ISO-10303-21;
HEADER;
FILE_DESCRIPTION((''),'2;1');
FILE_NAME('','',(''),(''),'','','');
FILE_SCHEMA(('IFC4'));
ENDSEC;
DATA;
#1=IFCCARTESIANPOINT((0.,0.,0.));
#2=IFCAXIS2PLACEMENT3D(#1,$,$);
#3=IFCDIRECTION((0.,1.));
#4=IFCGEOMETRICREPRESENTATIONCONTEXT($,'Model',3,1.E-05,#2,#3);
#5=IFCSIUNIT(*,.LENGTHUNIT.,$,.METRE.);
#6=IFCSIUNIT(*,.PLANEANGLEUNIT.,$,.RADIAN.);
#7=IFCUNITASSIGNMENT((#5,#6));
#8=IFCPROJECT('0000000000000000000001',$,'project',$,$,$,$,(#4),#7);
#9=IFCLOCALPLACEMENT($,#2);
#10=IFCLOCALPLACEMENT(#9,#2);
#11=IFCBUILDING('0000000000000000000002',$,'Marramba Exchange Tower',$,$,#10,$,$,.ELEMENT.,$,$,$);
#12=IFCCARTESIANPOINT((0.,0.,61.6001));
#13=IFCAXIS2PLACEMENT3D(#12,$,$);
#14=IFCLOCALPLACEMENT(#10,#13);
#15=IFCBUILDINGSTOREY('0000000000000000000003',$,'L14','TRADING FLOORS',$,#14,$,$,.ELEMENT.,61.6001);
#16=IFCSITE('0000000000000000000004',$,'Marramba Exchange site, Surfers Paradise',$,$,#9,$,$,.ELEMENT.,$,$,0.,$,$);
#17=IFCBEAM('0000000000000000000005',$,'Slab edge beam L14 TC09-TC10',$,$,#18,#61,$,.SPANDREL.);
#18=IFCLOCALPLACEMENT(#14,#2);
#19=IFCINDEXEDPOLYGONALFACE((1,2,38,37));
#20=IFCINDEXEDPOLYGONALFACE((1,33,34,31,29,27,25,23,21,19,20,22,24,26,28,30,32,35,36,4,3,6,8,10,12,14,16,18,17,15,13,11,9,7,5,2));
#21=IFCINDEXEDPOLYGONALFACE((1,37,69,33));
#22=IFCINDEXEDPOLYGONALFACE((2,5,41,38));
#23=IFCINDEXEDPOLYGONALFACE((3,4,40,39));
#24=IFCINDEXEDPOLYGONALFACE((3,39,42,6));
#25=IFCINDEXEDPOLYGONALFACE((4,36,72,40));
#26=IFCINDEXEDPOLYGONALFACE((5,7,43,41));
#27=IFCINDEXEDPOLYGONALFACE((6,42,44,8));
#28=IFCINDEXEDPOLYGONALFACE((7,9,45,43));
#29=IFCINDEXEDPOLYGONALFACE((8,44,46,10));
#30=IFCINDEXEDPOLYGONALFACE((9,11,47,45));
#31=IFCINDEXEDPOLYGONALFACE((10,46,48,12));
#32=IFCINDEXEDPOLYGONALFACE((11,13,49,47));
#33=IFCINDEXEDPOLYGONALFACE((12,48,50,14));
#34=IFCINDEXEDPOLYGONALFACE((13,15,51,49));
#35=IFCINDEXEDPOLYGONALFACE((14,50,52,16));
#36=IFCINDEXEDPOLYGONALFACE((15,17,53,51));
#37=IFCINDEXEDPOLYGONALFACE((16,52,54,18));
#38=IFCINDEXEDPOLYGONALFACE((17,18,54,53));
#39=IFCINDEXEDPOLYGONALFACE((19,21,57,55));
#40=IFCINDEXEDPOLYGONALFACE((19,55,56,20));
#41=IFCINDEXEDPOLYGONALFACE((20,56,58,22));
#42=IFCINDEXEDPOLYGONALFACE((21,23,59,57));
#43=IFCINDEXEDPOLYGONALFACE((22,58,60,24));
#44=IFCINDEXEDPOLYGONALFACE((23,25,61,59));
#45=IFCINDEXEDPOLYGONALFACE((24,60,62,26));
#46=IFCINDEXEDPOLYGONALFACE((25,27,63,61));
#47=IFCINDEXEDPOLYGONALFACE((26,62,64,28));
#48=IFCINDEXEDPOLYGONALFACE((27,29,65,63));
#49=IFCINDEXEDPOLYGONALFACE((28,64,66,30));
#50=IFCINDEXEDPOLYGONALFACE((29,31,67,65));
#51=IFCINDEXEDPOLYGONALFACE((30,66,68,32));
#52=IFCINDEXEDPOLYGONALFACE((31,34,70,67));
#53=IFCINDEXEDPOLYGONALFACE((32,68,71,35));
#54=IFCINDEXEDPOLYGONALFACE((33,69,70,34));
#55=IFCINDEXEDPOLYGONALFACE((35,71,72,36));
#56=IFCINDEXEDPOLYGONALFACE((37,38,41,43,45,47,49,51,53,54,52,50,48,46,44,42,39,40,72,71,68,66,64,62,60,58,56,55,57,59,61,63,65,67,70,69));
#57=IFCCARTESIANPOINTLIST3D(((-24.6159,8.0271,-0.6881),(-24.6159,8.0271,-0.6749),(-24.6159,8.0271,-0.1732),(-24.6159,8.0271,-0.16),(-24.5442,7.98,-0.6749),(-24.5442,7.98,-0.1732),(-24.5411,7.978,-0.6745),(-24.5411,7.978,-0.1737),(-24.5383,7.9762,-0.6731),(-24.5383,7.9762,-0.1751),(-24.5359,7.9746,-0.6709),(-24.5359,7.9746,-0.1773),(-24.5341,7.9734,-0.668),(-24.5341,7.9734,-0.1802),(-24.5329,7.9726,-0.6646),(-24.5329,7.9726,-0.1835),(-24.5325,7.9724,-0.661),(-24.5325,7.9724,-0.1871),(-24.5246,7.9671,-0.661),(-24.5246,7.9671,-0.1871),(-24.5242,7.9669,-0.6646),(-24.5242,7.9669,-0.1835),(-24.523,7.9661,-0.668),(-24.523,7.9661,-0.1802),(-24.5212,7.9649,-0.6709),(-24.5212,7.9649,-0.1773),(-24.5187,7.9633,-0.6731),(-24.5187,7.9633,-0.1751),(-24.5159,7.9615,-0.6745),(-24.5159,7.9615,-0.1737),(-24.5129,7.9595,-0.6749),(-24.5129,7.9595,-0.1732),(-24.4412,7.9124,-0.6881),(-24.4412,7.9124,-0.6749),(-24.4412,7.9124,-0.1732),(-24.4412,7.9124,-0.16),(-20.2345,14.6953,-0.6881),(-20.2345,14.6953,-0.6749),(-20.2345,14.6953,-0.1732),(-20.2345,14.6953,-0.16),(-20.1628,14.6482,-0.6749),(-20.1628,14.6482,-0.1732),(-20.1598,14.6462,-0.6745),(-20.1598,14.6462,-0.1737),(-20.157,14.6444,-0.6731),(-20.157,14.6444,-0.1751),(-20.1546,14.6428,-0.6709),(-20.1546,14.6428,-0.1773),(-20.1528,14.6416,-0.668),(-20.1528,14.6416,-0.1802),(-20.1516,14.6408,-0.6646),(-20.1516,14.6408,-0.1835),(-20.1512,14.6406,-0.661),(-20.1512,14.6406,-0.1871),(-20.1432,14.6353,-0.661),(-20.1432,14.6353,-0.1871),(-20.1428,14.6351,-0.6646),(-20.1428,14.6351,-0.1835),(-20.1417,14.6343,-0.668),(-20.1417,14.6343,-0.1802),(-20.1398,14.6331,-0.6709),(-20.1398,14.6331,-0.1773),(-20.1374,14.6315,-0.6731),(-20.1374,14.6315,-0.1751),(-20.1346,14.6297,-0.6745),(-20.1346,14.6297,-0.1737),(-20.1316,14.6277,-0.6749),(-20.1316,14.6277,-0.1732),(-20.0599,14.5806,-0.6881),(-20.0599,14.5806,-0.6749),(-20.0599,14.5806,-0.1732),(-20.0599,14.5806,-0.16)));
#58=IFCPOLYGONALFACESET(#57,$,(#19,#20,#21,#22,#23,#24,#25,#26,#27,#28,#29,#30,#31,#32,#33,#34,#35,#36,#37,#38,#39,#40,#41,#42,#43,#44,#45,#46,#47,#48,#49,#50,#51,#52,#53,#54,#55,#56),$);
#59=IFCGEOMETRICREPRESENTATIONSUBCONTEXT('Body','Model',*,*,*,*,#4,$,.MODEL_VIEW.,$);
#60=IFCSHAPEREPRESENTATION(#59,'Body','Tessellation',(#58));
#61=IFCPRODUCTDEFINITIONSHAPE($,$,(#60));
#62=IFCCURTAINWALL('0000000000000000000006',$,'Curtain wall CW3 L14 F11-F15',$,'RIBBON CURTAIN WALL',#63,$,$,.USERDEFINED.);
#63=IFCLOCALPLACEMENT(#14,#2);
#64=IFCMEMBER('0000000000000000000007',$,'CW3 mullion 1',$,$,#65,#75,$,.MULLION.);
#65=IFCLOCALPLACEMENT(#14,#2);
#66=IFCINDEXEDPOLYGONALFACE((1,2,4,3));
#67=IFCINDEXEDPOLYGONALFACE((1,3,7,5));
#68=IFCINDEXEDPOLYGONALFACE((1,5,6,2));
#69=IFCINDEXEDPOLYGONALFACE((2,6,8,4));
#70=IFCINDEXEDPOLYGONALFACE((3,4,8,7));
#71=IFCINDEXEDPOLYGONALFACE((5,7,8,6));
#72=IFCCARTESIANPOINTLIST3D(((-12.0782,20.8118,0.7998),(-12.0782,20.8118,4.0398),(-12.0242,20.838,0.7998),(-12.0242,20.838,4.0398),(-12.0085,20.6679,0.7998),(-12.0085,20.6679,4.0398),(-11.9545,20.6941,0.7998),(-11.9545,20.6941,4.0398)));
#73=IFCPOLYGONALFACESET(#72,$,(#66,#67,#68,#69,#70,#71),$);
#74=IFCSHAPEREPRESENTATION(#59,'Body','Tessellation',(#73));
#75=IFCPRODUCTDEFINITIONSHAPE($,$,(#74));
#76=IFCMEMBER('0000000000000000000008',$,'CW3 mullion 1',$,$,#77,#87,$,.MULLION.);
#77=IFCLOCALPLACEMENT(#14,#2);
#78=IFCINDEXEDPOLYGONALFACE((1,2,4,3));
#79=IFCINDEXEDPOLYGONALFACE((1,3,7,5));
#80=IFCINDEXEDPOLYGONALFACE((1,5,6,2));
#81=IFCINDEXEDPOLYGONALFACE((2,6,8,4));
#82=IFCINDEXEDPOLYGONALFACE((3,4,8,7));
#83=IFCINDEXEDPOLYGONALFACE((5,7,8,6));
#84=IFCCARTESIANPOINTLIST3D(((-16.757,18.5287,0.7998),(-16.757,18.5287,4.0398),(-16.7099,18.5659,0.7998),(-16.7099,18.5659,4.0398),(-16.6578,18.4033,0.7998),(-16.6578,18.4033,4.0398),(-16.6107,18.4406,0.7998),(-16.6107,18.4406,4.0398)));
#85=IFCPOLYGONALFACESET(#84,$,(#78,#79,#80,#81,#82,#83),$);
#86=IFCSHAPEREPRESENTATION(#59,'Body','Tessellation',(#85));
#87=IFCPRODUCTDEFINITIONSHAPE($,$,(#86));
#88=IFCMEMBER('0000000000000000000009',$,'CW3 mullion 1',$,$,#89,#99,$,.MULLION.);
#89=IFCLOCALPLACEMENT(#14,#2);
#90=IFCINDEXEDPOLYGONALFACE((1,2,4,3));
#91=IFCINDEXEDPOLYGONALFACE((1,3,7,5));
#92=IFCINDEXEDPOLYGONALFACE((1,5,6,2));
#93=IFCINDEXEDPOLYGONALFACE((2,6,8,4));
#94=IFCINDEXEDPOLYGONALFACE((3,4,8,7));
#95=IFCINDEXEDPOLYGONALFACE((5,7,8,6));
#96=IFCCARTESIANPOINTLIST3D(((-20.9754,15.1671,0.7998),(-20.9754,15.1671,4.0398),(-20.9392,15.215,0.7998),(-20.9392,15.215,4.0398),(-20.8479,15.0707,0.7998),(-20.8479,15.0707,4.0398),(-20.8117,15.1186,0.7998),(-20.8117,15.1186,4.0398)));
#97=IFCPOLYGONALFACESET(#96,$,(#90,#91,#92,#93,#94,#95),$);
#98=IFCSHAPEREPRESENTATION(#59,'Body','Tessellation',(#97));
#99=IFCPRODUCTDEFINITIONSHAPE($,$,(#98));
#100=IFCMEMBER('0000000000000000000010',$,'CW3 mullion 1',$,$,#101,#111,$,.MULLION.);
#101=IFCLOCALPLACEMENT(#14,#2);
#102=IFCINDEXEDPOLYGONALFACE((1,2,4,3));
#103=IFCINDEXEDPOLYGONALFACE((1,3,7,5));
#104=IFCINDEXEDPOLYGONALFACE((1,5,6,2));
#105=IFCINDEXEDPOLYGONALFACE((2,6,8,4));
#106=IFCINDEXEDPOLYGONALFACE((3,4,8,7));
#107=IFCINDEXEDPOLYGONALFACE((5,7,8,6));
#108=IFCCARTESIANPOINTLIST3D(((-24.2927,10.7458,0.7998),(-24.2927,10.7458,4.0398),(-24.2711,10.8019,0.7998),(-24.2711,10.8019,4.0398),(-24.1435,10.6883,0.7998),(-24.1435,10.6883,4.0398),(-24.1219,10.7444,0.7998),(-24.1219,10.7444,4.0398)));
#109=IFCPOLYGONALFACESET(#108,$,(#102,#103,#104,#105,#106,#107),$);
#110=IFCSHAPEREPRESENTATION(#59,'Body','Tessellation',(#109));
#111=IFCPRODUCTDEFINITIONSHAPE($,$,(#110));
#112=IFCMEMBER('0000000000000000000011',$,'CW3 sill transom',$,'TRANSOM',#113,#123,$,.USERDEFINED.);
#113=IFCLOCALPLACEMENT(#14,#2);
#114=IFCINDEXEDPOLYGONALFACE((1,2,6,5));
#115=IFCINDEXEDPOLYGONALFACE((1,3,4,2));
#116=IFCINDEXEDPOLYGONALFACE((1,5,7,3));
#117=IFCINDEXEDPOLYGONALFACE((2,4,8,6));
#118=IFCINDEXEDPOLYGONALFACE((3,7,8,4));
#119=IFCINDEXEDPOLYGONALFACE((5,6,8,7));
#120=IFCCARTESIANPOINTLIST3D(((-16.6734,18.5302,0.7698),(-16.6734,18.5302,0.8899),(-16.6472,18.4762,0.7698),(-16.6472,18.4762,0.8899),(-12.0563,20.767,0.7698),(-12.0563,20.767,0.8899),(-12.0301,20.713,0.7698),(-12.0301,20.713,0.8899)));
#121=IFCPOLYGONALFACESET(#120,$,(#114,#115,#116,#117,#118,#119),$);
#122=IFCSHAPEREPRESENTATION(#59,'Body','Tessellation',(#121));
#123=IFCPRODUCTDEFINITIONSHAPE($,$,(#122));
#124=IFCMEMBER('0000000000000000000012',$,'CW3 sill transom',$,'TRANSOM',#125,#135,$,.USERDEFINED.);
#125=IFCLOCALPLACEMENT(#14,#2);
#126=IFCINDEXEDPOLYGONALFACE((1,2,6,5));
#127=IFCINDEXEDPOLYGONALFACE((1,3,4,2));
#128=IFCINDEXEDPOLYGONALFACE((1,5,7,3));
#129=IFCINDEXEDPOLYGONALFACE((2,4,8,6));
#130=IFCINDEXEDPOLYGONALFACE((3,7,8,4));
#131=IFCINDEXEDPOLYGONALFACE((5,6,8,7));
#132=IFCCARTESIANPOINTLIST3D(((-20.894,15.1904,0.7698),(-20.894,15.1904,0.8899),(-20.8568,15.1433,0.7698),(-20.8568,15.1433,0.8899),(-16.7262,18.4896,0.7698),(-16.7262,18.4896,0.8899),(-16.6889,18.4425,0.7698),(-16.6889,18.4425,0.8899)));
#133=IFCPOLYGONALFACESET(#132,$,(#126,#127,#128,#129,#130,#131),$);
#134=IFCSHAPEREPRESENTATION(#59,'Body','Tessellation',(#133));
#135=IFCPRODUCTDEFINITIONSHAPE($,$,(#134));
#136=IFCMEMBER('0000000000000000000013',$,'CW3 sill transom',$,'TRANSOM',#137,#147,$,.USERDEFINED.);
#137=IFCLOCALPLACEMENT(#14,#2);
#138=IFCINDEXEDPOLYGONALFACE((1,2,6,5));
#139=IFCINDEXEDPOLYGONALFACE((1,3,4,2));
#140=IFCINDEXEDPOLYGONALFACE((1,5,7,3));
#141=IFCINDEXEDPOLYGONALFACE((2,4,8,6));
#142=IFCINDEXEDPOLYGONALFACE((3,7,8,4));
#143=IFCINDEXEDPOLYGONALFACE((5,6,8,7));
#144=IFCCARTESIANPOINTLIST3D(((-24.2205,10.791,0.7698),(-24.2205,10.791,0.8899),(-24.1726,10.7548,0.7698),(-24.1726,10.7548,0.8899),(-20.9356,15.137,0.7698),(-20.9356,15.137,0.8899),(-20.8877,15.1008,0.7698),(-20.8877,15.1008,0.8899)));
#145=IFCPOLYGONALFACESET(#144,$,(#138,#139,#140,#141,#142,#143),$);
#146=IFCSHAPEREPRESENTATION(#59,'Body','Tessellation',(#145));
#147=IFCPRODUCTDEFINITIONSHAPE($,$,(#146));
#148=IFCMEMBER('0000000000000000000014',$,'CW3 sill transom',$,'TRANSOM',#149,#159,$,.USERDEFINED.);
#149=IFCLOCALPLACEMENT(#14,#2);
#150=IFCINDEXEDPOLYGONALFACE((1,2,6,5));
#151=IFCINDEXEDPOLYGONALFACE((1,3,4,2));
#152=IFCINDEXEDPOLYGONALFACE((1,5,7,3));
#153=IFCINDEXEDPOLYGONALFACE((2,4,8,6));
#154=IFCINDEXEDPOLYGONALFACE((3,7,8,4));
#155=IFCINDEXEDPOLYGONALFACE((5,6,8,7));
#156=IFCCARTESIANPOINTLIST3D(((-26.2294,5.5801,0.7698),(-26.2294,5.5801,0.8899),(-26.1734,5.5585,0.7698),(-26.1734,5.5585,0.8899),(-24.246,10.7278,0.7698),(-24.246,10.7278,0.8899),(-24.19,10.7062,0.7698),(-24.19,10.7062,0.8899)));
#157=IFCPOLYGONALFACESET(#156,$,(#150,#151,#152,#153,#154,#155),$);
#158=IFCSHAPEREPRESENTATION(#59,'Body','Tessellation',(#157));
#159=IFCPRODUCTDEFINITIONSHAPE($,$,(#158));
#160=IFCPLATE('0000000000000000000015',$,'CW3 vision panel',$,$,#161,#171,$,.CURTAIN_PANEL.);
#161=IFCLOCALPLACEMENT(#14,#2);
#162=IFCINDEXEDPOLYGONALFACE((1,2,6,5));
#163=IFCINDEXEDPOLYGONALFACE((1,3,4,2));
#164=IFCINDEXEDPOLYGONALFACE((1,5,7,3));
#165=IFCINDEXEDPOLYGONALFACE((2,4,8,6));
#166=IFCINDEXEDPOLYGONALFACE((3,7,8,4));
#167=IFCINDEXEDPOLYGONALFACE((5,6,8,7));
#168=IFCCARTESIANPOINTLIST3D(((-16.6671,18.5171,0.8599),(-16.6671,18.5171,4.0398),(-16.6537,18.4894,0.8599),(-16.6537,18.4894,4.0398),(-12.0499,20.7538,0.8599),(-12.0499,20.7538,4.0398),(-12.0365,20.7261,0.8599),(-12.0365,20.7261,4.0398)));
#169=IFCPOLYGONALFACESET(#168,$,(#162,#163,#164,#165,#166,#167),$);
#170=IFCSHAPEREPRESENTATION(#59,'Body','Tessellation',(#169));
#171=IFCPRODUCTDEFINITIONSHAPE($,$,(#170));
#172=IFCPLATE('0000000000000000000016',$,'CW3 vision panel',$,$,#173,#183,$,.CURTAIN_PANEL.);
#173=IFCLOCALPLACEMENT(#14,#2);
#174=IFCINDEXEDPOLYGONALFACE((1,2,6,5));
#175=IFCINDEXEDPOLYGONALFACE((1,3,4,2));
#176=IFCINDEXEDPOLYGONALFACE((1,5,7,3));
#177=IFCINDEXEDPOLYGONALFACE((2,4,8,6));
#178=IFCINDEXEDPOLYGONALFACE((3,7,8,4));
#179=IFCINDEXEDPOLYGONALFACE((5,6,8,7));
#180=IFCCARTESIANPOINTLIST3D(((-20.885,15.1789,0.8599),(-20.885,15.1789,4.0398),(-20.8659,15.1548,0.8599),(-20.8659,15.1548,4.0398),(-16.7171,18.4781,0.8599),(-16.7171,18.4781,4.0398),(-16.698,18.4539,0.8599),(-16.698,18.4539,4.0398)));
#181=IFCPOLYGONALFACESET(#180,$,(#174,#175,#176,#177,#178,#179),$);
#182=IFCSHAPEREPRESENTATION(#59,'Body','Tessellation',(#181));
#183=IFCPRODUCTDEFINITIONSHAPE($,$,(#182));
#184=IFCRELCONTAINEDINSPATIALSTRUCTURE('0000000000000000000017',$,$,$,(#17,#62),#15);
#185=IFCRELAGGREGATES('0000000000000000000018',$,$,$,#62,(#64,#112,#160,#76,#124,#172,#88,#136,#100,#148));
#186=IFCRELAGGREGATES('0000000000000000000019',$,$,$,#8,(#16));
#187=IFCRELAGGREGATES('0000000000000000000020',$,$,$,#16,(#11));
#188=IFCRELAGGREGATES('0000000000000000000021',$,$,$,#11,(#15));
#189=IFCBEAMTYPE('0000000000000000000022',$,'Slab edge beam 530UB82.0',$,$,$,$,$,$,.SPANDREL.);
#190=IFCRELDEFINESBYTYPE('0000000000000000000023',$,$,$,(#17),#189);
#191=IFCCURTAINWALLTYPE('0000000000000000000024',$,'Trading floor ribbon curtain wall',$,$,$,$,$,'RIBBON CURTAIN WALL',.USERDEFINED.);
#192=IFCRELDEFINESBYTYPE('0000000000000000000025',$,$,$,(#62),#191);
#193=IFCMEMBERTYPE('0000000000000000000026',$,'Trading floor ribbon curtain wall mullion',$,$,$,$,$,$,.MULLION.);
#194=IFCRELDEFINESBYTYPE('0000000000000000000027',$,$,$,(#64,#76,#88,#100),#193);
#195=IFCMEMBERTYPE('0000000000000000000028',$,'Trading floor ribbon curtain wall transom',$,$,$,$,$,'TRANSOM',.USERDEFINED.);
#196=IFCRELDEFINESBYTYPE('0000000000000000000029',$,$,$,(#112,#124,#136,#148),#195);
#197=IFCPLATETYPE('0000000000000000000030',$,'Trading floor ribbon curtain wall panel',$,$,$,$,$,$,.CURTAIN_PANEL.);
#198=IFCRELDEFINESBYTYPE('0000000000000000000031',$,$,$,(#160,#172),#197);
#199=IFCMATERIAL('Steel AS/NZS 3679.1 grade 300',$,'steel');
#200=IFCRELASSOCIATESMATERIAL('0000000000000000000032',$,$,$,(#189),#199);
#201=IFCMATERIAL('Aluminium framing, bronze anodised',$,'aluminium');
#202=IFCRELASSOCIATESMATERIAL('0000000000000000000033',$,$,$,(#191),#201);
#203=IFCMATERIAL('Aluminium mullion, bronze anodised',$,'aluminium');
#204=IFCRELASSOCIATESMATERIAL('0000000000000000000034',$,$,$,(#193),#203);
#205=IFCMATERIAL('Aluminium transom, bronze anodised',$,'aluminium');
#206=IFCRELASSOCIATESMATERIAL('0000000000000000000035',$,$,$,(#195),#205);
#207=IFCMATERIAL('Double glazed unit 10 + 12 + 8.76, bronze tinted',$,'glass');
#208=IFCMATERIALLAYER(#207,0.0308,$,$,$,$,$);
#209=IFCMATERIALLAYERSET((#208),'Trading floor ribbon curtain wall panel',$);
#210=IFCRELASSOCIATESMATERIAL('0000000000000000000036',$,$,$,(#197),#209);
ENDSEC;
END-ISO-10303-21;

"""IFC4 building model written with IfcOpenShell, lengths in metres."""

from ifc_helpers import new_model, si_unit, direction, frame, origin, origin_2d, place, context, subcontext, project, spatial, rectangle, i_section, extrude, material, layer, layer_set, material_profile, profile_set, type_object, element, aggregate, save


model = new_model("IFC4")

# Units and contexts
model_context = context("Model", 3, precision=1e-05, world=origin(), true_north=direction((0.0, 1.0)))
body_context = subcontext(model_context, "Body", "Model", "MODEL_VIEW")
ifc_project = project(units=[si_unit("LENGTHUNIT", "METRE"), si_unit("PLANEANGLEUNIT", "RADIAN")], contexts=[model_context])

# Site, building, storey
site_placement = place(None, origin())
site = spatial("IfcSite", under=ifc_project, at=site_placement, Name="Marramba Exchange site, Surfers Paradise", CompositionType="ELEMENT", RefElevation=0.0)
building_placement = place(site_placement, origin())
building = spatial("IfcBuilding", under=site, at=building_placement, Name="Marramba Exchange Tower", CompositionType="ELEMENT")
storey_placement = place(building_placement, frame((0.0, 0.0, 61.6001)))
storey = spatial("IfcBuildingStorey", under=building, at=storey_placement, Name="L14", Description="TRADING FLOORS", CompositionType="ELEMENT", Elevation=61.6001)

# Beam
ifc_material_1 = material(Name="Steel AS/NZS 3679.1 grade 300", Category="steel")
ifc_material_profile_1 = material_profile(ifc_material_1, i_section(OverallWidth=0.209, OverallDepth=0.5281, WebThickness=0.0095, FlangeThickness=0.0132, FilletRadius=0.0139, at=origin_2d()), Name="530UB82.0")
ifc_profile_set_1 = profile_set([ifc_material_profile_1], Name="Steel AS/NZS 3679.1 grade 300")
beam_type_1 = type_object("IfcBeamType", Name="Slab edge beam 530UB82.0", PredefinedType="SPANDREL", material=ifc_profile_set_1)
beam_1_placement = place(storey_placement, frame((-20.1472, 14.6379, -0.4241), z_axis=(-0.549124, -0.835741, 0.0), x_axis=(0.835741, -0.549124, 0.0)))
element("IfcBeam", 1, at=beam_1_placement, inside=storey, type_object=beam_type_1, Name="Slab edge beam L14 TC09-TC10", PredefinedType="SPANDREL", context=body_context, shape_type="SweptSolid", body=[
    extrude(i_section(OverallWidth=0.209, OverallDepth=0.5281, WebThickness=0.0095, FlangeThickness=0.0132, FilletRadius=0.0139, at=origin_2d()), origin(), (0.0, 0.0, 1.0), 7.9788),
])

# Curtain wall, members, plates
ifc_material_2 = material(Name="Aluminium framing, bronze anodised", Category="aluminium")
curtain_wall_type = type_object("IfcCurtainWallType", Name="Trading floor ribbon curtain wall", ElementType="RIBBON CURTAIN WALL", PredefinedType="USERDEFINED", material=ifc_material_2)
curtain_wall_placement = place(storey_placement, origin())
curtain_wall = element("IfcCurtainWall", 2, at=curtain_wall_placement, inside=storey, type_object=curtain_wall_type, Name="Curtain wall CW3 L14 F11-F15", ObjectType="RIBBON CURTAIN WALL", PredefinedType="USERDEFINED")
ifc_material_3 = material(Name="Aluminium mullion, bronze anodised", Category="aluminium")
ifc_material_profile_2 = material_profile(ifc_material_3, rectangle(XDim=0.1599, YDim=0.0601, at=origin_2d()), Name="CW3 mullion 60x160")
ifc_profile_set_2 = profile_set([ifc_material_profile_2], Name="Aluminium mullion, bronze anodised")
member_type_1 = type_object("IfcMemberType", Name="Trading floor ribbon curtain wall mullion", PredefinedType="MULLION", material=ifc_profile_set_2)
member_1_placement = place(storey_placement, frame((-12.0164, 20.7529, 0.7998), z_axis=(0.0, 0.0, 1.0), x_axis=(0.435965, -0.899963, 0.0)))
member_1 = element("IfcMember", 3, at=member_1_placement, type_object=member_type_1, Name="CW3 mullion 1", PredefinedType="MULLION", context=body_context, shape_type="SweptSolid", body=[
    extrude(rectangle(XDim=0.1599, YDim=0.0601, at=origin_2d()), origin(), (0.0, 0.0, 1.0), 3.24),
])
member_2_placement = place(storey_placement, frame((-16.6838, 18.4846, 0.7998), z_axis=(0.0, 0.0, 1.0), x_axis=(0.62065, -0.784088, 0.0)))
member_2 = element("IfcMember", 4, at=member_2_placement, type_object=member_type_1, Name="CW3 mullion 1", PredefinedType="MULLION", context=body_context, shape_type="SweptSolid", body=[
    extrude(rectangle(XDim=0.1599, YDim=0.0601, at=origin_2d()), origin(), (0.0, 0.0, 1.0), 3.24),
])
member_3_placement = place(storey_placement, frame((-20.8936, 15.1428, 0.7998), z_axis=(0.0, 0.0, 1.0), x_axis=(0.797749, -0.60299, 0.0)))
member_3 = element("IfcMember", 5, at=member_3_placement, type_object=member_type_1, Name="CW3 mullion 1", PredefinedType="MULLION", context=body_context, shape_type="SweptSolid", body=[
    extrude(rectangle(XDim=0.1599, YDim=0.0601, at=origin_2d()), origin(), (0.0, 0.0, 1.0), 3.24),
])
member_4_placement = place(storey_placement, frame((-24.2073, 10.7451, 0.7998), z_axis=(0.0, 0.0, 1.0), x_axis=(0.933135, -0.359526, 0.0)))
member_4 = element("IfcMember", 6, at=member_4_placement, type_object=member_type_1, Name="CW3 mullion 1", PredefinedType="MULLION", context=body_context, shape_type="SweptSolid", body=[
    extrude(rectangle(XDim=0.1599, YDim=0.0601, at=origin_2d()), origin(), (0.0, 0.0, 1.0), 3.24),
])
ifc_material_4 = material(Name="Aluminium transom, bronze anodised", Category="aluminium")
ifc_material_profile_3 = material_profile(ifc_material_4, rectangle(XDim=0.0601, YDim=0.1201, at=origin_2d()), Name="CW3 transom 60x120")
ifc_profile_set_3 = profile_set([ifc_material_profile_3], Name="Aluminium transom, bronze anodised")
member_type_2 = type_object("IfcMemberType", Name="Trading floor ribbon curtain wall transom", ElementType="TRANSOM", PredefinedType="USERDEFINED", material=ifc_profile_set_3)
member_5_placement = place(storey_placement, frame((-12.0432, 20.74, 0.8298), z_axis=(-0.899953, -0.435986, 0.0), x_axis=(0.435986, -0.899953, 0.0)))
member_5 = element("IfcMember", 7, at=member_5_placement, type_object=member_type_2, Name="CW3 sill transom", ObjectType="TRANSOM", PredefinedType="USERDEFINED", context=body_context, shape_type="SweptSolid", body=[
    extrude(rectangle(XDim=0.0601, YDim=0.1201, at=origin_2d()), origin(), (0.0, 0.0, 1.0), 5.1304),
])
member_6_placement = place(storey_placement, frame((-16.7075, 18.4661, 0.8298), z_axis=(-0.784076, -0.620665, 0.0), x_axis=(0.620665, -0.784076, 0.0)))
member_6 = element("IfcMember", 8, at=member_6_placement, type_object=member_type_2, Name="CW3 sill transom", ObjectType="TRANSOM", PredefinedType="USERDEFINED", context=body_context, shape_type="SweptSolid", body=[
    extrude(rectangle(XDim=0.0601, YDim=0.1201, at=origin_2d()), origin(), (0.0, 0.0, 1.0), 5.3157),
])
member_7_placement = place(storey_placement, frame((-20.9116, 15.1189, 0.8298), z_axis=(-0.602986, -0.797752, 0.0), x_axis=(0.797752, -0.602986, 0.0)))
member_7 = element("IfcMember", 9, at=member_7_placement, type_object=member_type_2, Name="CW3 sill transom", ObjectType="TRANSOM", PredefinedType="USERDEFINED", context=body_context, shape_type="SweptSolid", body=[
    extrude(rectangle(XDim=0.0601, YDim=0.1201, at=origin_2d()), origin(), (0.0, 0.0, 1.0), 5.4478),
])
member_8_placement = place(storey_placement, frame((-24.218, 10.717, 0.8298), z_axis=(-0.359534, -0.933132, 0.0), x_axis=(0.933132, -0.359534, 0.0)))
member_8 = element("IfcMember", 10, at=member_8_placement, type_object=member_type_2, Name="CW3 sill transom", ObjectType="TRANSOM", PredefinedType="USERDEFINED", context=body_context, shape_type="SweptSolid", body=[
    extrude(rectangle(XDim=0.0601, YDim=0.1201, at=origin_2d()), origin(), (0.0, 0.0, 1.0), 5.5166),
])
ifc_material_5 = material(Name="Double glazed unit 10 + 12 + 8.76, bronze tinted", Category="glass")
ifc_layer_1 = layer(ifc_material_5, 0.0308)
ifc_layer_set_1 = layer_set([ifc_layer_1], Name="Trading floor ribbon curtain wall panel")
plate_type = type_object("IfcPlateType", Name="Trading floor ribbon curtain wall panel", PredefinedType="CURTAIN_PANEL", material=ifc_layer_set_1)
plate_1_placement = place(storey_placement, frame((-14.3518, 19.6216, 0.8599), z_axis=(0.0, 0.0, 1.0), x_axis=(-0.899963, -0.435965, 0.0)))
plate_1 = element("IfcPlate", 11, at=plate_1_placement, type_object=plate_type, Name="CW3 vision panel", PredefinedType="CURTAIN_PANEL", context=body_context, shape_type="SweptSolid", body=[
    extrude(rectangle(XDim=5.1304, YDim=0.0308, at=origin_2d()), origin(), (0.0, 0.0, 1.0), 3.1799),
])
plate_2_placement = place(storey_placement, frame((-18.7915, 16.8164, 0.8599), z_axis=(0.0, 0.0, 1.0), x_axis=(-0.784088, -0.62065, 0.0)))
plate_2 = element("IfcPlate", 12, at=plate_2_placement, type_object=plate_type, Name="CW3 vision panel", PredefinedType="CURTAIN_PANEL", context=body_context, shape_type="SweptSolid", body=[
    extrude(rectangle(XDim=5.3157, YDim=0.0308, at=origin_2d()), origin(), (0.0, 0.0, 1.0), 3.1799),
])
aggregate(curtain_wall, [member_1, member_5, plate_1, member_2, member_6, plate_2, member_3, member_7, member_4, member_8])

save(model, "model.ifc")
